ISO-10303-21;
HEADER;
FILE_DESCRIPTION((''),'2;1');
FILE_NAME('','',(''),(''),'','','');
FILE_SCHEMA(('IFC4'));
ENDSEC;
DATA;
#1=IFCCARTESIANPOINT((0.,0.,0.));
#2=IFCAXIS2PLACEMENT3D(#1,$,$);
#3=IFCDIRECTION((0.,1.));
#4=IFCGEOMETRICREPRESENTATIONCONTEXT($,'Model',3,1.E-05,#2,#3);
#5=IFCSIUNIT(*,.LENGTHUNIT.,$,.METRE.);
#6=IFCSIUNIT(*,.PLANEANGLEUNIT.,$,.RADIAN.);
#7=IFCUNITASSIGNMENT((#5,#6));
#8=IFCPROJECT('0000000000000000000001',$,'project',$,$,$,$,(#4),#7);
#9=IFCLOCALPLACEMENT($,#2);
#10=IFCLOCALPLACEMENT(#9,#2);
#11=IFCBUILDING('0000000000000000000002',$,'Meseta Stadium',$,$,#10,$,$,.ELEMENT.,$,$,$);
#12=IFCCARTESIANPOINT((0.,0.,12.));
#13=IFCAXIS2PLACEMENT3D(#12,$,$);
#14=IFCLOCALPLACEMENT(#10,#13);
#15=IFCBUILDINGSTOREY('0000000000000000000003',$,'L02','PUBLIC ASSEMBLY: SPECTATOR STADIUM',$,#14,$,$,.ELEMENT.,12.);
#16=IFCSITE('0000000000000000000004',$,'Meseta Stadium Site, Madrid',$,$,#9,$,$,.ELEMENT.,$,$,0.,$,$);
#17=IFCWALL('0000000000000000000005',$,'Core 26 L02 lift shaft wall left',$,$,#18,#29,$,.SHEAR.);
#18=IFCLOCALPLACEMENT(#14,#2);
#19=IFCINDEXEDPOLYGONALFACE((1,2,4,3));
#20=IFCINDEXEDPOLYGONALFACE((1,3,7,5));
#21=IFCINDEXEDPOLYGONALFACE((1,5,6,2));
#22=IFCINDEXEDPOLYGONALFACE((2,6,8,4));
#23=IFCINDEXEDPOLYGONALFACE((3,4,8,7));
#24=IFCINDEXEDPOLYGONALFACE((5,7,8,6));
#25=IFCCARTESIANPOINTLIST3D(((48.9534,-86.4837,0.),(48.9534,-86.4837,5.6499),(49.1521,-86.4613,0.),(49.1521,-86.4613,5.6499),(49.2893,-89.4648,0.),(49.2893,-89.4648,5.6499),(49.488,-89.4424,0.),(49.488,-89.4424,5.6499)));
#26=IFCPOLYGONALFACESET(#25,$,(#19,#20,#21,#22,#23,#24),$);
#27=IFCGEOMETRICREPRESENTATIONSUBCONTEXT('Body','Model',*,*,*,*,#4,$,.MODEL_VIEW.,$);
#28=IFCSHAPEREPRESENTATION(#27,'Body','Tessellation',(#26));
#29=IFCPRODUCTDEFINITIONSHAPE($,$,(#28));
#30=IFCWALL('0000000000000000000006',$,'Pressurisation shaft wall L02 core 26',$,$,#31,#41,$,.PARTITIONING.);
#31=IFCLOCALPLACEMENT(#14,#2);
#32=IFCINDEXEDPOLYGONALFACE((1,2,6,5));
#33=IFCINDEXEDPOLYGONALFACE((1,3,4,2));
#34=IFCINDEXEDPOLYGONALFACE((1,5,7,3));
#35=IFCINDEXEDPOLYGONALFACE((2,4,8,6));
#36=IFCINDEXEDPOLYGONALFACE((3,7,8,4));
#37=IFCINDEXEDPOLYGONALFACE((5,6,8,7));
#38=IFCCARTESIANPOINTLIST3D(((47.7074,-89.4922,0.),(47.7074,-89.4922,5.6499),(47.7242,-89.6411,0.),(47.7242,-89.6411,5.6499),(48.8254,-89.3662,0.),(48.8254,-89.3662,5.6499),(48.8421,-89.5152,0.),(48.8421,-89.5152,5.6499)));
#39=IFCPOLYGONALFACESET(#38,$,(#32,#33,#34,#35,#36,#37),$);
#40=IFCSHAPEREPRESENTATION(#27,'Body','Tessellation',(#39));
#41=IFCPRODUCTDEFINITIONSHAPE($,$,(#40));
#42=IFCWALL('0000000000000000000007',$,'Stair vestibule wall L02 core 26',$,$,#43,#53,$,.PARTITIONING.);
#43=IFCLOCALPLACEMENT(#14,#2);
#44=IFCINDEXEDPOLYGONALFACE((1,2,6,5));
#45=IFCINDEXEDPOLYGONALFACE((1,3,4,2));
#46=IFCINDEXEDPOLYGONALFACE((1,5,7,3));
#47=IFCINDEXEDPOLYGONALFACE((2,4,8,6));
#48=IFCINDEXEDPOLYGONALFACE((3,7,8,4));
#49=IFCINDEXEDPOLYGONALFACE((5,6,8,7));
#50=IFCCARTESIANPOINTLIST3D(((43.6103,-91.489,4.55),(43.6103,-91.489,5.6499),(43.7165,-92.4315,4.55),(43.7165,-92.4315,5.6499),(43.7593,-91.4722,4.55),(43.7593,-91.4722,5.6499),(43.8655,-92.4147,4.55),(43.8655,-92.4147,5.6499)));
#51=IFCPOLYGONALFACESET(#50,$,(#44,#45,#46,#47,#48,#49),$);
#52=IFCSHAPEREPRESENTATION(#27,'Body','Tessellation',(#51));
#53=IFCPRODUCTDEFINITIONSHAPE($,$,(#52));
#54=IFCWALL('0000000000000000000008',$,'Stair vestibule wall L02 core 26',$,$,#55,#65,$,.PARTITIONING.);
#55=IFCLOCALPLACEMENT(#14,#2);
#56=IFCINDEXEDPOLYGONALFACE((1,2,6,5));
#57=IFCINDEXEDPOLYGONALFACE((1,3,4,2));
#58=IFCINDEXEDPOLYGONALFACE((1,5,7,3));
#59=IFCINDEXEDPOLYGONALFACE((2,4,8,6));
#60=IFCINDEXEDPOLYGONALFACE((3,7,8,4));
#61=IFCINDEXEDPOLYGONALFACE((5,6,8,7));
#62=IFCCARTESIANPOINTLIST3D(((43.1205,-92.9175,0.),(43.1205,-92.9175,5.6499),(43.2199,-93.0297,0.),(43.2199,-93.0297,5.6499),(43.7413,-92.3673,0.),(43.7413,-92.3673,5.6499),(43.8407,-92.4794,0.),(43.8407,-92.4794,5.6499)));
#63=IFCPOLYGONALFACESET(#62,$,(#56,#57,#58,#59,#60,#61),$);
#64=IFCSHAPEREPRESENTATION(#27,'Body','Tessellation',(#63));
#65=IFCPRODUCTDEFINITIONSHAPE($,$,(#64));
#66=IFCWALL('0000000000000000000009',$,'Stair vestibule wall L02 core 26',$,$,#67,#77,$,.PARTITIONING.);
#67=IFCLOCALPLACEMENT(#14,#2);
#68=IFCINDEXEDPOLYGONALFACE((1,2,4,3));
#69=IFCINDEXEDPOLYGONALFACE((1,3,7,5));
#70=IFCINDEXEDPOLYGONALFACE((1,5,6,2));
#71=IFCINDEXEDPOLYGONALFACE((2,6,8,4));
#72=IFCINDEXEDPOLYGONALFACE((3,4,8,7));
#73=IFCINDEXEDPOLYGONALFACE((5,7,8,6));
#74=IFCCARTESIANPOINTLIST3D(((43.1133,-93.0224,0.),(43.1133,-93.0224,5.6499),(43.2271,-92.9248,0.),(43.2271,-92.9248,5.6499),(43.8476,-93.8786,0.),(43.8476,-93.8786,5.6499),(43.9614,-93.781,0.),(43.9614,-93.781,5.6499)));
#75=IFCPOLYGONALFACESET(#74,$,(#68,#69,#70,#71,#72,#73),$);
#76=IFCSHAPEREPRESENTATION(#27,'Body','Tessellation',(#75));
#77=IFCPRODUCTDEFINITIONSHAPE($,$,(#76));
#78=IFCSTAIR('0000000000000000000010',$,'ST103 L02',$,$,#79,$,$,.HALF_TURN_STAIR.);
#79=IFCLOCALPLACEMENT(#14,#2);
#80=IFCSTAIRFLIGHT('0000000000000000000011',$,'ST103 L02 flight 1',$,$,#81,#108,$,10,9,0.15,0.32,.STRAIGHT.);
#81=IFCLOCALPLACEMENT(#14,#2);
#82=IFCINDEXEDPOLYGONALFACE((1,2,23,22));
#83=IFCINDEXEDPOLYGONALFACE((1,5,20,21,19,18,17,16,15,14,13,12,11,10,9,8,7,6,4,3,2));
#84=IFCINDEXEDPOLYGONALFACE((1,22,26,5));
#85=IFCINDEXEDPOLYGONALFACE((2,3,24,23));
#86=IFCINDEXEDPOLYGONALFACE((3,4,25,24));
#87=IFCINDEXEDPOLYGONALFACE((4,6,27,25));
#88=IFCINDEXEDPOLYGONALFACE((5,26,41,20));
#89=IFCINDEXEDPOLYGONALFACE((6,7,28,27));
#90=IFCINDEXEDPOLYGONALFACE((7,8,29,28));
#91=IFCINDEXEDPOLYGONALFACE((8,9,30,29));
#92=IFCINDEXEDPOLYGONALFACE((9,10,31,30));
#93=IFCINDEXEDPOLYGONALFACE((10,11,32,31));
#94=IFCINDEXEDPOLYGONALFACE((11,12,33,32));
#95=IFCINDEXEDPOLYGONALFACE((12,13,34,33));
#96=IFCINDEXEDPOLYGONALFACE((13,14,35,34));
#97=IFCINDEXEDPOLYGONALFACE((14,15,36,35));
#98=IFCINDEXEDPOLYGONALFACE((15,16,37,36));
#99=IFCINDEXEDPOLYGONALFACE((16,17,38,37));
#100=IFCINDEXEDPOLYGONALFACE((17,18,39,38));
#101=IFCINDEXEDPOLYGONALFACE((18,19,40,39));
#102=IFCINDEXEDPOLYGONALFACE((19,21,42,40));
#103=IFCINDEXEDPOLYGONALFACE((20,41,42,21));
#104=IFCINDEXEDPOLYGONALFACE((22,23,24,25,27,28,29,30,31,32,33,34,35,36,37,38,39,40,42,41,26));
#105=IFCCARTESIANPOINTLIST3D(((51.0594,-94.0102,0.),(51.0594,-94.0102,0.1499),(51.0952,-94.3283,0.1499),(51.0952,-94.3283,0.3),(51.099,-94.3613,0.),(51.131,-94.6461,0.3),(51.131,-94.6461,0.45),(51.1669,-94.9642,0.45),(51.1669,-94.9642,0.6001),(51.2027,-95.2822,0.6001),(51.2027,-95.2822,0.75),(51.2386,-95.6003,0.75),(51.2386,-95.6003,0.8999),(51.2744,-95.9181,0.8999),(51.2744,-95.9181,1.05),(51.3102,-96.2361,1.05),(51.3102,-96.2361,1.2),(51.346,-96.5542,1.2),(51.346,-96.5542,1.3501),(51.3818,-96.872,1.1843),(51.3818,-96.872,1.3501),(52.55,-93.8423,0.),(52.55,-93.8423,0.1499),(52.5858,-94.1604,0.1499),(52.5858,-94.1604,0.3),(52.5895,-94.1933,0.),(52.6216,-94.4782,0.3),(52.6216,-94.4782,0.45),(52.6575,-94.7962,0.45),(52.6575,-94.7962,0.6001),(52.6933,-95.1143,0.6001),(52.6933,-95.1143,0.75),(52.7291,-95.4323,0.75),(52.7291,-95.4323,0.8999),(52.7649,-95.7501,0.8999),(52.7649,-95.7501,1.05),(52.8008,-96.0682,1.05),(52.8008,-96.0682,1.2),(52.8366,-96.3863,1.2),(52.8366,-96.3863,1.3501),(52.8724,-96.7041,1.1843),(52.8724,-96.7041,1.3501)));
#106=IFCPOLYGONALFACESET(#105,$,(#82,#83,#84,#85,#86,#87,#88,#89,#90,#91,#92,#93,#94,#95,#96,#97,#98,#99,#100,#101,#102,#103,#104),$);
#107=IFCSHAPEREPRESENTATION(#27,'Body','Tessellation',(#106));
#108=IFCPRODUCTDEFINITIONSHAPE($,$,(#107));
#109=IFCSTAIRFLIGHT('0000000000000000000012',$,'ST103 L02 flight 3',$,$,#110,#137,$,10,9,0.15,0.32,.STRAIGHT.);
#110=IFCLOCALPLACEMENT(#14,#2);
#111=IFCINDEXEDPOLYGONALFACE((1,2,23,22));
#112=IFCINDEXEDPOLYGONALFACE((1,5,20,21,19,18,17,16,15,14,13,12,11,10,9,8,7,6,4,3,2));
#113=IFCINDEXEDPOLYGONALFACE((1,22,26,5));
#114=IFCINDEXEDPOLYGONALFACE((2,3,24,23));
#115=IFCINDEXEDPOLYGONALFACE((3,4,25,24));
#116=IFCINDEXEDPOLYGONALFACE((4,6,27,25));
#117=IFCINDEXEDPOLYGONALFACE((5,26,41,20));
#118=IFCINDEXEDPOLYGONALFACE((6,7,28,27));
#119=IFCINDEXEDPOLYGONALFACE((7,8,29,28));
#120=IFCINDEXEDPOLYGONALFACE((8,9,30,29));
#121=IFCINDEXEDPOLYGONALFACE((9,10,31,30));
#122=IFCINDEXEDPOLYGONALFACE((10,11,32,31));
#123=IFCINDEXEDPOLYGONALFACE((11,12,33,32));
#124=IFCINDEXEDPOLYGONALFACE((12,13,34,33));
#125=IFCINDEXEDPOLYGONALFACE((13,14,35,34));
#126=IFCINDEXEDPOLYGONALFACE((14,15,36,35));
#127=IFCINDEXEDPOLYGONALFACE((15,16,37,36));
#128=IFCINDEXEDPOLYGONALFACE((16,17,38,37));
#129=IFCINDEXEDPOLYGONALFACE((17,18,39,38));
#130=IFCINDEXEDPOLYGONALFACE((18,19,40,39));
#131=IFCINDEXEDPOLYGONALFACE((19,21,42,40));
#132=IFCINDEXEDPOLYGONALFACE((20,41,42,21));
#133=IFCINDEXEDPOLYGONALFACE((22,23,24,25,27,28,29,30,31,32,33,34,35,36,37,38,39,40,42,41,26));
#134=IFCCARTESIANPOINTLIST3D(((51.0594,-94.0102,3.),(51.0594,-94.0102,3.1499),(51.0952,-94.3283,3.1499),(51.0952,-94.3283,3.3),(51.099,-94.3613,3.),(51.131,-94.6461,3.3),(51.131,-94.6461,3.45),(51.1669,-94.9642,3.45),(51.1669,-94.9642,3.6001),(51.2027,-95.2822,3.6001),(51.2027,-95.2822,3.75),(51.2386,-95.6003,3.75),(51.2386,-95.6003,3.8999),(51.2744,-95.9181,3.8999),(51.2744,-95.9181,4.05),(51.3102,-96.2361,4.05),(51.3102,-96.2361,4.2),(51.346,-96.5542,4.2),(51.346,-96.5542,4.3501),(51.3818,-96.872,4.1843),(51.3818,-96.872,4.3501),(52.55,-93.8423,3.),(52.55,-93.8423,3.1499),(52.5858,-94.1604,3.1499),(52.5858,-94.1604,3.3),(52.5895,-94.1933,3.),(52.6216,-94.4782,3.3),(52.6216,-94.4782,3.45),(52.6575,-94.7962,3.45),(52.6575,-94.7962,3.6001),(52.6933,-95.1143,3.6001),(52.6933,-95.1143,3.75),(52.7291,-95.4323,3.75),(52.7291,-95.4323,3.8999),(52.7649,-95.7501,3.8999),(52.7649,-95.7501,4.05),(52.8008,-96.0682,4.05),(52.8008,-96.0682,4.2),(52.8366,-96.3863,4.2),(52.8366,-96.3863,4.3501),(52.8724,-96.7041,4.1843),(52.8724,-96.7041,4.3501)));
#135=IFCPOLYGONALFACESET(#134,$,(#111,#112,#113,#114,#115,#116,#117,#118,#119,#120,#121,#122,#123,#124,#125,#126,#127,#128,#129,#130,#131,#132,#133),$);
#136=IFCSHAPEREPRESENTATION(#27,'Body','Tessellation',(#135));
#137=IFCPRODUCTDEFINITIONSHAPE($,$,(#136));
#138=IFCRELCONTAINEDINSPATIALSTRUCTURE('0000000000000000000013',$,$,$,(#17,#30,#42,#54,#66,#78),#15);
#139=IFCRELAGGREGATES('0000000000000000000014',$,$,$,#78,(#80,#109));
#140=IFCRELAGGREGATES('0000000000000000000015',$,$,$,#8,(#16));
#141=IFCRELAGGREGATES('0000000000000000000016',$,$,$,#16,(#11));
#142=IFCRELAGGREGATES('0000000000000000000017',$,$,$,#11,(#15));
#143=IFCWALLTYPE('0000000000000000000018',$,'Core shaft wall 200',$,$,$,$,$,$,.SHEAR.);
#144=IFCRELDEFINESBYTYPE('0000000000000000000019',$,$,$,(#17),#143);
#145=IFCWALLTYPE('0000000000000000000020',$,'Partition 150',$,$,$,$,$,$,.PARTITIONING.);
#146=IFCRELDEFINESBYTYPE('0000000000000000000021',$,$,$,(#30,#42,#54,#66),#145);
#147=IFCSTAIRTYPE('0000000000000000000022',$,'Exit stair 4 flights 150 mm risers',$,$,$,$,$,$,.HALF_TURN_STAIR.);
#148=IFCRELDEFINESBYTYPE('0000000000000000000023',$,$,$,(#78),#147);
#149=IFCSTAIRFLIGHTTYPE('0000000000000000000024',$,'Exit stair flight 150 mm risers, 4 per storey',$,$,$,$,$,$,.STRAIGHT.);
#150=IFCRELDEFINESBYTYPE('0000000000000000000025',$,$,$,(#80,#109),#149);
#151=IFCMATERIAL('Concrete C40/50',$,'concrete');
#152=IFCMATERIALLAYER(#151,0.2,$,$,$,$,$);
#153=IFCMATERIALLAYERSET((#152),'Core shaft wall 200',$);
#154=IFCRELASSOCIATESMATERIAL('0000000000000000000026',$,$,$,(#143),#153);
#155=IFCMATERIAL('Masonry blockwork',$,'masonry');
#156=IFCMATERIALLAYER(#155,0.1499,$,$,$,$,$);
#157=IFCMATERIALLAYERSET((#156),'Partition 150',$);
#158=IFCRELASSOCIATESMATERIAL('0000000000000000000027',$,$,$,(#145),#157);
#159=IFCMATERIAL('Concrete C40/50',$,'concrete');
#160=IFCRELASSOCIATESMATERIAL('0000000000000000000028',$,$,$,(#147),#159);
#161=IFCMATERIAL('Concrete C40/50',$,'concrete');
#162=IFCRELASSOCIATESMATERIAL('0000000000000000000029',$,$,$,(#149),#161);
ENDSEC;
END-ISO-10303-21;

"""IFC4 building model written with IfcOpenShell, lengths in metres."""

from ifc_helpers import new_model, si_unit, direction, frame, frame_2d, origin, place, context, subcontext, project, spatial, polyline, rectangle, outline, extrude, material, layer, layer_set, type_object, element, aggregate, save


model = new_model("IFC4")

# Units and contexts
model_context = context("Model", 3, precision=1e-05, world=origin(), true_north=direction((0.0, 1.0)))
body_context = subcontext(model_context, "Body", "Model", "MODEL_VIEW")
ifc_project = project(units=[si_unit("LENGTHUNIT", "METRE"), si_unit("PLANEANGLEUNIT", "RADIAN")], contexts=[model_context])

# Site, building, storey
site_placement = place(None, origin())
site = spatial("IfcSite", under=ifc_project, at=site_placement, Name="Meseta Stadium Site, Madrid", CompositionType="ELEMENT", RefElevation=0.0)
building_placement = place(site_placement, origin())
building = spatial("IfcBuilding", under=site, at=building_placement, Name="Meseta Stadium", CompositionType="ELEMENT")
storey_placement = place(building_placement, frame((0.0, 0.0, 12.0)))
storey = spatial("IfcBuildingStorey", under=building, at=storey_placement, Name="L02", Description="PUBLIC ASSEMBLY: SPECTATOR STADIUM", CompositionType="ELEMENT", Elevation=12.0)

# Shared definitions
ifc_material_1 = material(Name="Concrete C40/50", Category="concrete")
ifc_layer_1 = layer(ifc_material_1, 0.2)
ifc_layer_set_1 = layer_set([ifc_layer_1], Name="Core shaft wall 200")
wall_type_1 = type_object("IfcWallType", Name="Core shaft wall 200", PredefinedType="SHEAR", material=ifc_layer_set_1)

# Walls
wall_1_placement = place(storey_placement, frame((49.3887, -89.4536, 0.0), z_axis=(0.0, 0.0, 1.0), x_axis=(-0.111977, 0.993711, 0.0)))
element("IfcWall", 1, at=wall_1_placement, inside=storey, type_object=wall_type_1, Name="Core 26 L02 lift shaft wall left", PredefinedType="SHEAR", context=body_context, shape_type="SweptSolid", body=[
    extrude(rectangle(XDim=3.0, YDim=0.2, at=frame_2d((1.5, 0.0))), origin(), (0.0, 0.0, 1.0), 5.6499),
])
ifc_material_2 = material(Name="Masonry blockwork", Category="masonry")
ifc_layer_2 = layer(ifc_material_2, 0.1499)
ifc_layer_set_2 = layer_set([ifc_layer_2], Name="Partition 150")
wall_type_2 = type_object("IfcWallType", Name="Partition 150", PredefinedType="PARTITIONING", material=ifc_layer_set_2)
wall_2_placement = place(storey_placement, frame((47.7158, -89.5667, 0.0), z_axis=(0.0, 0.0, 1.0), x_axis=(0.993711, 0.11198, 0.0)))
element("IfcWall", 2, at=wall_2_placement, inside=storey, type_object=wall_type_2, Name="Pressurisation shaft wall L02 core 26", PredefinedType="PARTITIONING", context=body_context, shape_type="SweptSolid", body=[
    extrude(rectangle(XDim=1.125, YDim=0.1499, at=frame_2d((0.5625, 0.0))), origin(), (0.0, 0.0, 1.0), 5.6499),
])
wall_3_placement = place(storey_placement, frame((43.6848, -91.4807, 4.55), z_axis=(0.0, 0.0, 1.0), x_axis=(0.111957, -0.993713, 0.0)))
element("IfcWall", 3, at=wall_3_placement, inside=storey, type_object=wall_type_2, Name="Stair vestibule wall L02 core 26", PredefinedType="PARTITIONING", context=body_context, shape_type="SweptSolid", body=[
    extrude(rectangle(XDim=0.9485, YDim=0.1499, at=frame_2d((0.4741, 0.0))), origin(), (0.0, 0.0, 1.0), 1.0999),
])
wall_4_placement = place(storey_placement, frame((43.791, -92.4233, 0.0), z_axis=(0.0, 0.0, 1.0), x_axis=(-0.74835, -0.663304, 0.0)))
element("IfcWall", 4, at=wall_4_placement, inside=storey, type_object=wall_type_2, Name="Stair vestibule wall L02 core 26", PredefinedType="PARTITIONING", context=body_context, shape_type="SweptSolid", body=[
    extrude(rectangle(XDim=0.8296, YDim=0.1499, at=frame_2d((0.4148, 0.0))), origin(), (0.0, 0.0, 1.0), 5.6499),
])
wall_5_placement = place(storey_placement, frame((43.1702, -92.9736, 0.0), z_axis=(0.0, 0.0, 1.0), x_axis=(0.651041, -0.759043, 0.0)))
element("IfcWall", 5, at=wall_5_placement, inside=storey, type_object=wall_type_2, Name="Stair vestibule wall L02 core 26", PredefinedType="PARTITIONING", context=body_context, shape_type="SweptSolid", body=[
    extrude(rectangle(XDim=1.1279, YDim=0.1499, at=frame_2d((0.564, 0.0))), origin(), (0.0, 0.0, 1.0), 5.6499),
])

# Stair, stair flights
ifc_material_3 = material(Name="Concrete C40/50", Category="concrete")
stair_type = type_object("IfcStairType", Name="Exit stair 4 flights 150 mm risers", PredefinedType="HALF_TURN_STAIR", material=ifc_material_3)
stair_placement = place(storey_placement, origin())
stair = element("IfcStair", 6, at=stair_placement, inside=storey, type_object=stair_type, Name="ST103 L02", PredefinedType="HALF_TURN_STAIR")
ifc_material_4 = material(Name="Concrete C40/50", Category="concrete")
stair_flight_type = type_object("IfcStairFlightType", Name="Exit stair flight 150 mm risers, 4 per storey", PredefinedType="STRAIGHT", material=ifc_material_4)
stair_flight_1_placement = place(storey_placement, frame((51.8047, -93.9263, 0.0), z_axis=(0.0, 0.0, 1.0), x_axis=(0.111964, -0.993712, 0.0)))
stair_flight_1 = element("IfcStairFlight", 7, at=stair_flight_1_placement, type_object=stair_flight_type, Name="ST103 L02 flight 1", NumberOfRisers=10, NumberOfTreads=9, PredefinedType="STRAIGHT", RiserHeight=0.15, TreadLength=0.32, context=body_context, shape_type="SweptSolid", body=[
    extrude(outline(polyline([(0.0, 0.0), (0.0, 0.1499), (0.3201, 0.1499), (0.3201, 0.3), (0.6399, 0.3), (0.6399, 0.45), (0.96, 0.45), (0.96, 0.6001), (1.28, 0.6001), (1.28, 0.75), (1.6001, 0.75), (1.6001, 0.8999), (1.9199, 0.8999), (1.9199, 1.05), (2.24, 1.05), (2.24, 1.2), (2.5601, 1.2), (2.5601, 1.3501), (2.8799, 1.3501), (2.8799, 1.1843), (0.3533, 0.0), (0.0, 0.0)])), frame((0.0, 0.75, 0.0), z_axis=(0.0, -1.0, 0.0), x_axis=(1.0, 0.0, 0.0)), (0.0, 0.0, 1.0), 1.5),
])
stair_flight_2_placement = place(storey_placement, frame((51.8047, -93.9263, 3.0), z_axis=(0.0, 0.0, 1.0), x_axis=(0.111964, -0.993712, 0.0)))
stair_flight_2 = element("IfcStairFlight", 8, at=stair_flight_2_placement, type_object=stair_flight_type, Name="ST103 L02 flight 3", NumberOfRisers=10, NumberOfTreads=9, PredefinedType="STRAIGHT", RiserHeight=0.15, TreadLength=0.32, context=body_context, shape_type="SweptSolid", body=[
    extrude(outline(polyline([(0.0, 0.0), (0.0, 0.1499), (0.3201, 0.1499), (0.3201, 0.3), (0.6399, 0.3), (0.6399, 0.45), (0.96, 0.45), (0.96, 0.6001), (1.28, 0.6001), (1.28, 0.75), (1.6001, 0.75), (1.6001, 0.8999), (1.9199, 0.8999), (1.9199, 1.05), (2.24, 1.05), (2.24, 1.2), (2.5601, 1.2), (2.5601, 1.3501), (2.8799, 1.3501), (2.8799, 1.1843), (0.3533, 0.0), (0.0, 0.0)])), frame((0.0, 0.75, 0.0), z_axis=(0.0, -1.0, 0.0), x_axis=(1.0, 0.0, 0.0)), (0.0, 0.0, 1.0), 1.5),
])
aggregate(stair, [stair_flight_1, stair_flight_2])

save(model, "model.ifc")
